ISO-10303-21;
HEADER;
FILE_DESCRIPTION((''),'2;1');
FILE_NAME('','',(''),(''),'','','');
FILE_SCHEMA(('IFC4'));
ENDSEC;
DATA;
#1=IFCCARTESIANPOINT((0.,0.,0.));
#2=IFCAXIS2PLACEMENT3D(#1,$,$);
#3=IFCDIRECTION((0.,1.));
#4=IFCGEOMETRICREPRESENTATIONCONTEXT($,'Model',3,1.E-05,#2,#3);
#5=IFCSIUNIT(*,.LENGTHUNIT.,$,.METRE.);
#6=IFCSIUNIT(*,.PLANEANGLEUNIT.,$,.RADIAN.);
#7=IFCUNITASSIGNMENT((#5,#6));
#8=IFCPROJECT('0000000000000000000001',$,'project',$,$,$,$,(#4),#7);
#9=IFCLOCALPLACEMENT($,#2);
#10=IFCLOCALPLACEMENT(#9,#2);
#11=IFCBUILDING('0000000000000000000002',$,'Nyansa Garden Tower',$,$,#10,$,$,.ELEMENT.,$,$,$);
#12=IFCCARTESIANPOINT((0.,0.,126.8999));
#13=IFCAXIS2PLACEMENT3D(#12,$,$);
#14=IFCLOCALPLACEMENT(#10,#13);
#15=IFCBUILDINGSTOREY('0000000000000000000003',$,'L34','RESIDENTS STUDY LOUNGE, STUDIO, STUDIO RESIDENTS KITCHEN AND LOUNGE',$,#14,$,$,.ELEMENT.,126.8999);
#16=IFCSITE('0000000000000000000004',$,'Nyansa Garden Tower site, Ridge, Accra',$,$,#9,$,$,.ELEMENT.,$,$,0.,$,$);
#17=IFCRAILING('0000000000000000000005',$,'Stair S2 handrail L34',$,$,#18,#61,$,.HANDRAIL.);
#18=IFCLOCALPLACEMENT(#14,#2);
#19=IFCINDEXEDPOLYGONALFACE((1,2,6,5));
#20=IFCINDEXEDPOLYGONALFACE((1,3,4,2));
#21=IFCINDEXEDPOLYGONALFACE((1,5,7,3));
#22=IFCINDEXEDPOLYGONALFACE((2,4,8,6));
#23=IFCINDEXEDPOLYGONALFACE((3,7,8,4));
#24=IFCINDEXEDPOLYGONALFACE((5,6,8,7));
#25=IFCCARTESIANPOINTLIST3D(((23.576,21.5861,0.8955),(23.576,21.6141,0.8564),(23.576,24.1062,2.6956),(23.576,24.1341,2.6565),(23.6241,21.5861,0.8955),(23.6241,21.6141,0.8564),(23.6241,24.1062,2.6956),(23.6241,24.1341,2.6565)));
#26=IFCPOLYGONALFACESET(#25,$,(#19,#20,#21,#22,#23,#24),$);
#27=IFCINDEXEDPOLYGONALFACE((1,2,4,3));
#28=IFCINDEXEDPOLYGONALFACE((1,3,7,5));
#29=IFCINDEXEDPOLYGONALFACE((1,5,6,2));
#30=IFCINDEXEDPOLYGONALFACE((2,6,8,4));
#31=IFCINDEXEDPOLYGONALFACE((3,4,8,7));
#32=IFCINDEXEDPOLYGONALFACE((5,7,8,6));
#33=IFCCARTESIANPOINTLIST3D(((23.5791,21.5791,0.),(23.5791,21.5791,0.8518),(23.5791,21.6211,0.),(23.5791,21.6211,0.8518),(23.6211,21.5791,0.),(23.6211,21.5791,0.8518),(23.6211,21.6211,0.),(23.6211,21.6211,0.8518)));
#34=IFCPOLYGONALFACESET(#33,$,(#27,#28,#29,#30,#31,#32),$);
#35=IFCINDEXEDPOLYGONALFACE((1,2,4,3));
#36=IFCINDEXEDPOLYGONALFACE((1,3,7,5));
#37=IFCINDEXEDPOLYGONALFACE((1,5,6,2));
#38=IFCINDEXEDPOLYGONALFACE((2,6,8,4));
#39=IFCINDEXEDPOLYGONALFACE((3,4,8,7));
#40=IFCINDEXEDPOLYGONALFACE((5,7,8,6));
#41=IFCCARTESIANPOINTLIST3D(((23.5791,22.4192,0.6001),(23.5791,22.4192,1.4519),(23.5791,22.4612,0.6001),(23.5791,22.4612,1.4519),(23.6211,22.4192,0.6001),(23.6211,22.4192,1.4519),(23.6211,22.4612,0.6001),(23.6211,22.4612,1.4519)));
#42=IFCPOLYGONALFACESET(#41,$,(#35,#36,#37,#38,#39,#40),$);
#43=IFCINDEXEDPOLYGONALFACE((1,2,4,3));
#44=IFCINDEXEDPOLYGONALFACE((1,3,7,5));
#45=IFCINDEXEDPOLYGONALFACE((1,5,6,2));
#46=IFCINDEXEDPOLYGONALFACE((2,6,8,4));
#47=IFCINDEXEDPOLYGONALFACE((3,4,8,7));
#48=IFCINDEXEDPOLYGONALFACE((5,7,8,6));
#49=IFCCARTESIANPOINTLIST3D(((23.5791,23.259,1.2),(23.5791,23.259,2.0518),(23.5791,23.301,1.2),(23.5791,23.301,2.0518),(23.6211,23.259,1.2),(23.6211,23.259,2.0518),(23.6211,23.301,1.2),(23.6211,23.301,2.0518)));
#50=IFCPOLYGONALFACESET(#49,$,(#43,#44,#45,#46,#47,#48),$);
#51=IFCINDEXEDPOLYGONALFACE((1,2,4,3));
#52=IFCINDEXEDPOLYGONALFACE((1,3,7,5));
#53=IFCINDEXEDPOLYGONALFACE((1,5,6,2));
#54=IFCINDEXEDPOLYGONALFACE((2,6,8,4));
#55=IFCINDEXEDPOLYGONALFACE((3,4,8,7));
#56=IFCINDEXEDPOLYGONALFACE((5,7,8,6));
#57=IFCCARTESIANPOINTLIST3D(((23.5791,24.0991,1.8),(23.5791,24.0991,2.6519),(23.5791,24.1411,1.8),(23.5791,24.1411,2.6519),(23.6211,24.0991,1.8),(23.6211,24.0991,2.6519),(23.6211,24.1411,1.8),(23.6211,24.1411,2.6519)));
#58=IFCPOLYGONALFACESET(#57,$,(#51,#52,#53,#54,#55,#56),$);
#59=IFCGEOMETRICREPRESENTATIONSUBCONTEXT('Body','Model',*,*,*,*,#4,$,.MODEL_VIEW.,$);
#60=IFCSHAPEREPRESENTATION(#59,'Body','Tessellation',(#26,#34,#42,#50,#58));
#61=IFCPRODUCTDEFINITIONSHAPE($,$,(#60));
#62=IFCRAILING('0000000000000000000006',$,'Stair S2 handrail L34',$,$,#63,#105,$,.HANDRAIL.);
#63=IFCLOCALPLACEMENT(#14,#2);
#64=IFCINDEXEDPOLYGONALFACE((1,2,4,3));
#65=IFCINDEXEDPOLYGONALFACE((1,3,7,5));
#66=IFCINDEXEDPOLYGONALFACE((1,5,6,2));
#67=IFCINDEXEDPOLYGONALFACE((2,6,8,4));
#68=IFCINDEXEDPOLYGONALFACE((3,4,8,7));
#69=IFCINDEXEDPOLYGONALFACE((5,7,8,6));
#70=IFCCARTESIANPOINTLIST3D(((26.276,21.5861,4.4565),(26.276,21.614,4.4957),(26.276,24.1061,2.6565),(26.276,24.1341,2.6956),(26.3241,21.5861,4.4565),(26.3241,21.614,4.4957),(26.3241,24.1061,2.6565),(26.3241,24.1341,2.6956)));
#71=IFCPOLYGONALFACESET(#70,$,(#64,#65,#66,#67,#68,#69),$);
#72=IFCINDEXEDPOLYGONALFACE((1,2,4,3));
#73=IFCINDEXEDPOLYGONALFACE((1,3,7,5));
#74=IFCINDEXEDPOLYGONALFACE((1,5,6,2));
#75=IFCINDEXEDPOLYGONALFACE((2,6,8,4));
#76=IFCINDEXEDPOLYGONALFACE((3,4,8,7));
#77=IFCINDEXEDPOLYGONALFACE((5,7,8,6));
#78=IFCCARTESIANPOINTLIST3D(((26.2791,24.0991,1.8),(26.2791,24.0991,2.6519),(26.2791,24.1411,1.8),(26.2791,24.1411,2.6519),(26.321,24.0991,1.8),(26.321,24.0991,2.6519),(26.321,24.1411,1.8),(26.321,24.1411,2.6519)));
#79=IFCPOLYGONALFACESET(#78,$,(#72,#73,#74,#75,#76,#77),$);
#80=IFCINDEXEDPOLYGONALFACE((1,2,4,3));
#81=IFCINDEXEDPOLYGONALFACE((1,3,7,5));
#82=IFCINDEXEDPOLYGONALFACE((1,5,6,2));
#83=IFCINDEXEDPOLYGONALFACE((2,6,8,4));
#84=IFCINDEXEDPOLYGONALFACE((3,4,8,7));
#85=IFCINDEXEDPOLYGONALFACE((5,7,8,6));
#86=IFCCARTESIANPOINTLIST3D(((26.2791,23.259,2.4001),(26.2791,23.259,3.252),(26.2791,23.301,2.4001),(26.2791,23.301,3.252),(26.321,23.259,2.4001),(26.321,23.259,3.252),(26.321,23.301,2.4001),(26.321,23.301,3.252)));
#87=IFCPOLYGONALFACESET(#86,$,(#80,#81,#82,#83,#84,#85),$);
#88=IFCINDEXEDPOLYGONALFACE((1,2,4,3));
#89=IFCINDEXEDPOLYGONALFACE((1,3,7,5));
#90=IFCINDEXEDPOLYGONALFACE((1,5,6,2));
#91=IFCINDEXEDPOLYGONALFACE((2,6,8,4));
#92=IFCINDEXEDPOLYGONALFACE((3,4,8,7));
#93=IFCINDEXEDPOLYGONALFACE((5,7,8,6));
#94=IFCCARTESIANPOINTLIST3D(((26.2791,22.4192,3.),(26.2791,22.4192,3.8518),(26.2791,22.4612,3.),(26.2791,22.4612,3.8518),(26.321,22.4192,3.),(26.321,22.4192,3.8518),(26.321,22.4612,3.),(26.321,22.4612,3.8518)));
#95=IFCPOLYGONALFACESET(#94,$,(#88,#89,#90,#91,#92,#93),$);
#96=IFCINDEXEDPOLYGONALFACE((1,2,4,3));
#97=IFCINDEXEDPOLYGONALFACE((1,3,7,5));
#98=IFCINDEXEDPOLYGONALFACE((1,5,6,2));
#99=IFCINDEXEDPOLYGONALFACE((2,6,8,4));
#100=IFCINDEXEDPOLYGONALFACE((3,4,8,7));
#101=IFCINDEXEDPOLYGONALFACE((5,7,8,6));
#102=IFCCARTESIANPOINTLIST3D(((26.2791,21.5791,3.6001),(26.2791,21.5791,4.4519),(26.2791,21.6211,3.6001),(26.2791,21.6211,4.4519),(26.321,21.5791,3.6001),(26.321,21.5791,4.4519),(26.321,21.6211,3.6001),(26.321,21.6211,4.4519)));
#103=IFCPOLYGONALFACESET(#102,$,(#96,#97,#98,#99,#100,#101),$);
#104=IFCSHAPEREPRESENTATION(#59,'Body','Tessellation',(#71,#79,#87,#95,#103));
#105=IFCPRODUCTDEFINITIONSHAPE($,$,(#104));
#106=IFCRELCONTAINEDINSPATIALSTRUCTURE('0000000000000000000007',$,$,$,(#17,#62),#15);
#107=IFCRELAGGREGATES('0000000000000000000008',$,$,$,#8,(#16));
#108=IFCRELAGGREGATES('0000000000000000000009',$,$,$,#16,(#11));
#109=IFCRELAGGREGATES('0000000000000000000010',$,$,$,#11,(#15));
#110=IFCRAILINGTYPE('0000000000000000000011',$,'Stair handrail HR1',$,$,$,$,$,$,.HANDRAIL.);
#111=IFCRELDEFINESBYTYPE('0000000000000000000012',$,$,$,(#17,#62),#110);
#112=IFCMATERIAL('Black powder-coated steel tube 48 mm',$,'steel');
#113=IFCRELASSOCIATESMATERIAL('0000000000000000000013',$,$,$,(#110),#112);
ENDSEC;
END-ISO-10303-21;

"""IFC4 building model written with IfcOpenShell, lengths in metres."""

from ifc_helpers import new_model, si_unit, direction, frame, origin, origin_2d, place, context, subcontext, project, spatial, rectangle, extrude, material, type_object, element, save


model = new_model("IFC4")

# Units and contexts
model_context = context("Model", 3, precision=1e-05, world=origin(), true_north=direction((0.0, 1.0)))
body_context = subcontext(model_context, "Body", "Model", "MODEL_VIEW")
ifc_project = project(units=[si_unit("LENGTHUNIT", "METRE"), si_unit("PLANEANGLEUNIT", "RADIAN")], contexts=[model_context])

# Site, building, storey
site_placement = place(None, origin())
site = spatial("IfcSite", under=ifc_project, at=site_placement, Name="Nyansa Garden Tower site, Ridge, Accra", CompositionType="ELEMENT", RefElevation=0.0)
building_placement = place(site_placement, origin())
building = spatial("IfcBuilding", under=site, at=building_placement, Name="Nyansa Garden Tower", CompositionType="ELEMENT")
storey_placement = place(building_placement, frame((0.0, 0.0, 126.8999)))
storey = spatial("IfcBuildingStorey", under=building, at=storey_placement, Name="L34", Description="RESIDENTS STUDY LOUNGE, STUDIO, STUDIO RESIDENTS KITCHEN AND LOUNGE", CompositionType="ELEMENT", Elevation=126.8999)

# Railings
ifc_material_1 = material(Name="Black powder-coated steel tube 48 mm", Category="steel")
railing_type = type_object("IfcRailingType", Name="Stair handrail HR1", PredefinedType="HANDRAIL", material=ifc_material_1)
railing_1_placement = place(storey_placement, frame((23.6001, 21.6001, 0.0)))
element("IfcRailing", 1, at=railing_1_placement, inside=storey, type_object=railing_type, Name="Stair S2 handrail L34", PredefinedType="HANDRAIL", context=body_context, shape_type="SweptSolid", body=[
    extrude(rectangle(XDim=0.0481, YDim=0.0481, at=origin_2d()), frame((0.0, 0.0, 0.876), z_axis=(0.0, 0.813728, 0.581246), x_axis=(-1.0, 0.0, 0.0)), (0.0, 0.0, 1.0), 3.0969),
    extrude(rectangle(XDim=0.042, YDim=0.042, at=origin_2d()), origin(), (0.0, 0.0, 1.0), 0.8518),
    extrude(rectangle(XDim=0.042, YDim=0.042, at=origin_2d()), frame((0.0, 0.8401, 0.6001)), (0.0, 0.0, 1.0), 0.8518),
    extrude(rectangle(XDim=0.042, YDim=0.042, at=origin_2d()), frame((0.0, 1.6799, 1.2)), (0.0, 0.0, 1.0), 0.8518),
    extrude(rectangle(XDim=0.042, YDim=0.042, at=origin_2d()), frame((0.0, 2.52, 1.8)), (0.0, 0.0, 1.0), 0.8518),
])
railing_2_placement = place(storey_placement, frame((26.3, 24.1201, 1.8)))
element("IfcRailing", 2, at=railing_2_placement, inside=storey, type_object=railing_type, Name="Stair S2 handrail L34", PredefinedType="HANDRAIL", context=body_context, shape_type="SweptSolid", body=[
    extrude(rectangle(XDim=0.0481, YDim=0.0481, at=origin_2d()), frame((0.0, 0.0, 0.876), z_axis=(0.0, -0.813728, 0.581246), x_axis=(1.0, 0.0, 0.0)), (0.0, 0.0, 1.0), 3.0969),
    extrude(rectangle(XDim=0.042, YDim=0.042, at=origin_2d()), origin(), (0.0, 0.0, 1.0), 0.8518),
    extrude(rectangle(XDim=0.042, YDim=0.042, at=origin_2d()), frame((0.0, -0.8401, 0.6001)), (0.0, 0.0, 1.0), 0.8518),
    extrude(rectangle(XDim=0.042, YDim=0.042, at=origin_2d()), frame((0.0, -1.6799, 1.2)), (0.0, 0.0, 1.0), 0.8518),
    extrude(rectangle(XDim=0.042, YDim=0.042, at=origin_2d()), frame((0.0, -2.52, 1.8)), (0.0, 0.0, 1.0), 0.8518),
])

save(model, "model.ifc")
